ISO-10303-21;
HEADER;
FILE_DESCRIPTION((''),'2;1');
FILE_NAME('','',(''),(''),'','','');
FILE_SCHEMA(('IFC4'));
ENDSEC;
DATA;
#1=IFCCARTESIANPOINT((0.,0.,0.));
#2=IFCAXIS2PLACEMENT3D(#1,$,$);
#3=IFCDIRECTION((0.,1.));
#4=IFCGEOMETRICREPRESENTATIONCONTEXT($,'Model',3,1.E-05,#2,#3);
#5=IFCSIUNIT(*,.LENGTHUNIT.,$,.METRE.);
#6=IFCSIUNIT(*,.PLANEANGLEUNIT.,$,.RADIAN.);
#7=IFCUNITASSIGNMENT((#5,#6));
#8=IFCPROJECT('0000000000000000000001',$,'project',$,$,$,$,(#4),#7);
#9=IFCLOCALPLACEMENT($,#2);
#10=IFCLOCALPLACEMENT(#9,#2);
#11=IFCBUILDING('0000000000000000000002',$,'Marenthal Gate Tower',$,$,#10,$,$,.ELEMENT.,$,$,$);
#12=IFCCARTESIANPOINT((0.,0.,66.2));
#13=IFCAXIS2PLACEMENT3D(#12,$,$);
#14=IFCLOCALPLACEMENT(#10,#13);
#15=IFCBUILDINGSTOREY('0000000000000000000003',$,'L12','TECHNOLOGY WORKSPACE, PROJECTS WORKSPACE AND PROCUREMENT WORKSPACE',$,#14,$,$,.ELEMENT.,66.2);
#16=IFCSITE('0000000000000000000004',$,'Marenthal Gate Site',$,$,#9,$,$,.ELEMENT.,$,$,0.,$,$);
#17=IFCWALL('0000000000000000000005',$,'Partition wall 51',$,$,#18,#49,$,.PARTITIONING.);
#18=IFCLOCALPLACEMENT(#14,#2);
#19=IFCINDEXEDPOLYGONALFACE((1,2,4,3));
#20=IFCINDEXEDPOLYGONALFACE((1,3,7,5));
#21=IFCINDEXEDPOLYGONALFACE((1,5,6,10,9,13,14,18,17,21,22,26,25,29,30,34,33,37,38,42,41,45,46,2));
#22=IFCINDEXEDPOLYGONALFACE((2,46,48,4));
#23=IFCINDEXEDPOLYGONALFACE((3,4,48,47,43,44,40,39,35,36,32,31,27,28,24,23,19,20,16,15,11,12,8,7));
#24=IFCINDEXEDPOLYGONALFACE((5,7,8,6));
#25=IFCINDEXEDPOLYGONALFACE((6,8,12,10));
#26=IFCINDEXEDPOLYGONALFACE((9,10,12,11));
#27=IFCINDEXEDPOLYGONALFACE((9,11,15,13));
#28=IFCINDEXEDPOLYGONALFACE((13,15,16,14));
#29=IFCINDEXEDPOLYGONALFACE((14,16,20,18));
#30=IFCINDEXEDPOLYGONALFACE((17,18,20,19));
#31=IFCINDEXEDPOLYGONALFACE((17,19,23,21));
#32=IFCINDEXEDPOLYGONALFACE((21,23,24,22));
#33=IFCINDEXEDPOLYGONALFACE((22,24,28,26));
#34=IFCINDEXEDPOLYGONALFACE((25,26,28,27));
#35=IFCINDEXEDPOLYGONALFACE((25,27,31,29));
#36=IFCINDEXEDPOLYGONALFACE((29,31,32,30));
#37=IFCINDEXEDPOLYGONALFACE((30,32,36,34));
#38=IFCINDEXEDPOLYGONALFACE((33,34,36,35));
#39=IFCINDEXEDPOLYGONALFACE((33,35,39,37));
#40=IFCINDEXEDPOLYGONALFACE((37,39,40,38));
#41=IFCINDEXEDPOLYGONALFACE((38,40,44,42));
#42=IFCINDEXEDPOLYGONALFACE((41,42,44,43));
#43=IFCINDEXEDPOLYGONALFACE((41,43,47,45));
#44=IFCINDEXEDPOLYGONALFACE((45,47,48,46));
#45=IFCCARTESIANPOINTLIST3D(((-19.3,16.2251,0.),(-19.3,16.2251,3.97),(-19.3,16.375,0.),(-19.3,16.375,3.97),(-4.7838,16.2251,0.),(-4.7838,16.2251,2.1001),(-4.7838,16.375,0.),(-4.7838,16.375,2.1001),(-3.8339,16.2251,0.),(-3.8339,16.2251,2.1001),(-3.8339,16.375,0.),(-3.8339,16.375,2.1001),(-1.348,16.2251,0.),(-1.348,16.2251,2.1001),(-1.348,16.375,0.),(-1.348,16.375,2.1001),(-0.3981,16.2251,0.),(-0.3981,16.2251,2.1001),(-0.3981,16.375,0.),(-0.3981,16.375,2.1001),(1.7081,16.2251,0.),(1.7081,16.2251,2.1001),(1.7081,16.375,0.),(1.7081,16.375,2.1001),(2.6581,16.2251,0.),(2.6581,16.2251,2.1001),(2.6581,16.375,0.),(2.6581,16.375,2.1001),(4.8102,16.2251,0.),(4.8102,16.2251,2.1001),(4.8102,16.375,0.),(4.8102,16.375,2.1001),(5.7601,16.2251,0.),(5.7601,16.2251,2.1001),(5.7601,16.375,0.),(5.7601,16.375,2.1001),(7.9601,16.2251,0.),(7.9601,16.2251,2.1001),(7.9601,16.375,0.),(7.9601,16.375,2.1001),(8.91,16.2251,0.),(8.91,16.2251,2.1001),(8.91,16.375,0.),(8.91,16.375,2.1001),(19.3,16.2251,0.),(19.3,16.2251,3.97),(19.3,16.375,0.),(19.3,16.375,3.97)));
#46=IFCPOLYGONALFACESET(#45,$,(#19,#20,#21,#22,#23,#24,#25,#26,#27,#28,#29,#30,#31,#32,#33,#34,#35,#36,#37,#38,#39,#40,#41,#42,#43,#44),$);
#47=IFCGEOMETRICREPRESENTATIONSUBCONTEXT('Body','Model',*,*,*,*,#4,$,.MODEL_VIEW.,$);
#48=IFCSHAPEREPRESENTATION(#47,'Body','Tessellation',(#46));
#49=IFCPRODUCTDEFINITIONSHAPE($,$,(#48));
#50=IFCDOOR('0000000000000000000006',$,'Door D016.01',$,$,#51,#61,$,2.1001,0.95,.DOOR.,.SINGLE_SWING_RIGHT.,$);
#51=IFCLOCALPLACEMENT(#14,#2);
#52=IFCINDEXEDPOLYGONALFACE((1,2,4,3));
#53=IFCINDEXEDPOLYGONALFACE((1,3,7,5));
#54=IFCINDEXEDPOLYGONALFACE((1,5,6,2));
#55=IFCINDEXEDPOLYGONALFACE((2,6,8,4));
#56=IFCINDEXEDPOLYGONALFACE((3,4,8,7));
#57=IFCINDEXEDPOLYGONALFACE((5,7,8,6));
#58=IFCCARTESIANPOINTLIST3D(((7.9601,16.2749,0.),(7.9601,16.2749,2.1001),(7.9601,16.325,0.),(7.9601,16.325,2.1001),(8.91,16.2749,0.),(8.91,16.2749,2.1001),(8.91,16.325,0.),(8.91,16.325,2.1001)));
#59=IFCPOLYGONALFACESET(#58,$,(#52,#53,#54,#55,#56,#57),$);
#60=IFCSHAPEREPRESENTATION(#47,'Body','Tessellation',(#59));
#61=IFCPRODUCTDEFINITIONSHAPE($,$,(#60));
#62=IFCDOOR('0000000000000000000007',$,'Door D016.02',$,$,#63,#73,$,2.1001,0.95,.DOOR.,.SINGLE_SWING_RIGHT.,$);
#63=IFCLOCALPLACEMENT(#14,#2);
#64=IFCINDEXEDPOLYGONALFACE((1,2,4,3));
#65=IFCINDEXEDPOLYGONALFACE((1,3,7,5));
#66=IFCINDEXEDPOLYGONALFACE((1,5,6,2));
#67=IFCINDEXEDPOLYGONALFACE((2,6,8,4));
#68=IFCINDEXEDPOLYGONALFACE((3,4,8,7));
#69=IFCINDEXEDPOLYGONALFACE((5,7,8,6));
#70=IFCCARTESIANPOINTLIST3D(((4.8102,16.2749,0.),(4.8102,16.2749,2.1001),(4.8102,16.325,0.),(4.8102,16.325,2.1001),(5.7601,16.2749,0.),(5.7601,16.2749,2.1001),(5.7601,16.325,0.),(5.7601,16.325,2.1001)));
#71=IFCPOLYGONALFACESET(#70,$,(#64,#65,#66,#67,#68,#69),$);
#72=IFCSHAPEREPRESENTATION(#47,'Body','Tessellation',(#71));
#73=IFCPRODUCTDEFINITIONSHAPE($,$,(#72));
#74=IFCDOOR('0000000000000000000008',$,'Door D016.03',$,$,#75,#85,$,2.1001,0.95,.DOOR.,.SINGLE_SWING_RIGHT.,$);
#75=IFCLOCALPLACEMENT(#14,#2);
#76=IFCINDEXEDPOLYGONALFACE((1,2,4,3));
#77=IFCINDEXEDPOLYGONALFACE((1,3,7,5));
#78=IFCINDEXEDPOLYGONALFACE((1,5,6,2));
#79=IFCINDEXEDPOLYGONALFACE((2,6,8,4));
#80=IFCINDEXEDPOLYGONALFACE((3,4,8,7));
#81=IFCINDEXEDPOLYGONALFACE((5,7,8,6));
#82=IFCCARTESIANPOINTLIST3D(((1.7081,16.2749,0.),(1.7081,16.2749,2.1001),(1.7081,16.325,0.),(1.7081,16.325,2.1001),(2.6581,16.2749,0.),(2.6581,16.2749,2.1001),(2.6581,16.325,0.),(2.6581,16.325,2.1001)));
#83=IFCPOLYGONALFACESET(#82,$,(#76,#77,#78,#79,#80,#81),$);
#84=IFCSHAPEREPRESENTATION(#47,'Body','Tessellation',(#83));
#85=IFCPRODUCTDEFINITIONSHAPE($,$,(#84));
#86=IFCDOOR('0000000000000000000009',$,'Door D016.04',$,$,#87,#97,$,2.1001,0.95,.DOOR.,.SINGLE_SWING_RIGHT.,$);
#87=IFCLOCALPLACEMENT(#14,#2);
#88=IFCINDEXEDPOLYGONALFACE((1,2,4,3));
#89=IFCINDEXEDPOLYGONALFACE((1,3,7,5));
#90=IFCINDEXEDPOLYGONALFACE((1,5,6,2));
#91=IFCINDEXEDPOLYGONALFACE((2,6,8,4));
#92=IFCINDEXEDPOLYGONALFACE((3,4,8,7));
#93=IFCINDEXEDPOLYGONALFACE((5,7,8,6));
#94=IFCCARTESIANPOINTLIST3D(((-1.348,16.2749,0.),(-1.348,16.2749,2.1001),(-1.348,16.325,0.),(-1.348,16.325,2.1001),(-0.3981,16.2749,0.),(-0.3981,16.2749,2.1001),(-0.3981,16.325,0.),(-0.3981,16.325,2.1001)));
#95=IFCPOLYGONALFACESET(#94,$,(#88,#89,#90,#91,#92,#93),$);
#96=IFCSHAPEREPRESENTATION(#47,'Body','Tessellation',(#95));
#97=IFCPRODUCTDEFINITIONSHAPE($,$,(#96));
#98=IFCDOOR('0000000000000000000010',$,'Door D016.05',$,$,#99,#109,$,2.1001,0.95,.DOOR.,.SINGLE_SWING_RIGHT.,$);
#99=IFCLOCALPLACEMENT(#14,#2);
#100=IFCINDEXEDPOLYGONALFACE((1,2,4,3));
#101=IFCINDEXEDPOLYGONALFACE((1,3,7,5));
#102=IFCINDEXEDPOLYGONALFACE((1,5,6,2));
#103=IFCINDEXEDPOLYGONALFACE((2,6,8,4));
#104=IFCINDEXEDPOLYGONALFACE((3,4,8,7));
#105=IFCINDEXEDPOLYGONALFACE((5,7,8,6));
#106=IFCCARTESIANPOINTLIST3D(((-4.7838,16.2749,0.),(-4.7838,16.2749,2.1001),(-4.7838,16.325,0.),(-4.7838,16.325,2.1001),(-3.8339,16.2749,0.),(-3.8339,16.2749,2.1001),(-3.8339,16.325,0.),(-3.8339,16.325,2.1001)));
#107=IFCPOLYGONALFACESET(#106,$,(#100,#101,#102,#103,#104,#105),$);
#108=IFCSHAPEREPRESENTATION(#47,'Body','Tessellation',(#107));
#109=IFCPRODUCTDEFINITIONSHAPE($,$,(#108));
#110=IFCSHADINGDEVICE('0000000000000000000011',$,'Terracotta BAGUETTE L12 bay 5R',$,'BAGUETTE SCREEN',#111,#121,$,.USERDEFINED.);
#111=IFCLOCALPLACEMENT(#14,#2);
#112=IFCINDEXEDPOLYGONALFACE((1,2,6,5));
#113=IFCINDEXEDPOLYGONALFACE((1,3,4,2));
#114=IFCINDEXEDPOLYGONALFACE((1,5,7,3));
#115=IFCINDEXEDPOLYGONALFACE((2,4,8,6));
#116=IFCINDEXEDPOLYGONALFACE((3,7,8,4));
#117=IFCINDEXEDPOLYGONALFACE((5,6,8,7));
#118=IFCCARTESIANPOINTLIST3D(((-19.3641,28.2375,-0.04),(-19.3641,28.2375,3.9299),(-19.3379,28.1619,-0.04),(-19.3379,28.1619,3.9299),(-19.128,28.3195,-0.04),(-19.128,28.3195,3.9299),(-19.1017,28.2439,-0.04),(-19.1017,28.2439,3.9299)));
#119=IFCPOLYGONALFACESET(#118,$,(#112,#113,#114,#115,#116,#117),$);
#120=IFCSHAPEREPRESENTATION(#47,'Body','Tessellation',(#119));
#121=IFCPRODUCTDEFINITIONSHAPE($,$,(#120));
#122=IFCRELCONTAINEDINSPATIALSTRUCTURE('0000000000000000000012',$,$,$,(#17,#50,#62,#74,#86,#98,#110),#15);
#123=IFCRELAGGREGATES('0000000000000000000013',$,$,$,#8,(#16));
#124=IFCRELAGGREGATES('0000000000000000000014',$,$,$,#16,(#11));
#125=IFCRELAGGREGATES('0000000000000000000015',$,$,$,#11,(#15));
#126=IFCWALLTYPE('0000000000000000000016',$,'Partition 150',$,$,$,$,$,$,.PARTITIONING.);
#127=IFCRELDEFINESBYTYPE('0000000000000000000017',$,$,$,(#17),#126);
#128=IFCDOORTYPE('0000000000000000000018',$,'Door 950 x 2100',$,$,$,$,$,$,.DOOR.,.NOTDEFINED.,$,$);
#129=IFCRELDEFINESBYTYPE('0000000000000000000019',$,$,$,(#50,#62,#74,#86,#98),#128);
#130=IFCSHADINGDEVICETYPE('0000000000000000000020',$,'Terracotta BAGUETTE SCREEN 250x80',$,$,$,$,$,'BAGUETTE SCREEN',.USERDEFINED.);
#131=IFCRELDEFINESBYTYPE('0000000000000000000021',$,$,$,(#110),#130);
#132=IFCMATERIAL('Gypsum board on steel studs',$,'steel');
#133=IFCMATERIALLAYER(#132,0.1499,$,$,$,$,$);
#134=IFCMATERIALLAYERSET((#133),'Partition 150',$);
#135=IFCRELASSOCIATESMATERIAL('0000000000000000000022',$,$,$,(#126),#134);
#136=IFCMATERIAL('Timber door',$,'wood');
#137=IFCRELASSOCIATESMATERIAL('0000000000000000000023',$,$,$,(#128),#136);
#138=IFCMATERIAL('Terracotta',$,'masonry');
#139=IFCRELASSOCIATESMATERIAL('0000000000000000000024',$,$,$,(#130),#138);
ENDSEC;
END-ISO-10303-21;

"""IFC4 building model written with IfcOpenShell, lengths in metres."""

from ifc_helpers import new_model, si_unit, direction, frame, frame_2d, origin, origin_2d, place, context, subcontext, project, spatial, rectangle, extrude, material, layer, layer_set, material_profile, profile_set, type_object, element, fill, save


model = new_model("IFC4")

# Units and contexts
model_context = context("Model", 3, precision=1e-05, world=origin(), true_north=direction((0.0, 1.0)))
body_context = subcontext(model_context, "Body", "Model", "MODEL_VIEW")
ifc_project = project(units=[si_unit("LENGTHUNIT", "METRE"), si_unit("PLANEANGLEUNIT", "RADIAN")], contexts=[model_context])

# Site, building, storey
site_placement = place(None, origin())
site = spatial("IfcSite", under=ifc_project, at=site_placement, Name="Marenthal Gate Site", CompositionType="ELEMENT", RefElevation=0.0)
building_placement = place(site_placement, origin())
building = spatial("IfcBuilding", under=site, at=building_placement, Name="Marenthal Gate Tower", CompositionType="ELEMENT")
storey_placement = place(building_placement, frame((0.0, 0.0, 66.2)))
storey = spatial("IfcBuildingStorey", under=building, at=storey_placement, Name="L12", Description="TECHNOLOGY WORKSPACE, PROJECTS WORKSPACE AND PROCUREMENT WORKSPACE", CompositionType="ELEMENT", Elevation=66.2)

# Wall, openings, doors
ifc_material_1 = material(Name="Gypsum board on steel studs", Category="steel")
ifc_layer_1 = layer(ifc_material_1, 0.1499)
ifc_layer_set_1 = layer_set([ifc_layer_1], Name="Partition 150")
wall_type_1 = type_object("IfcWallType", Name="Partition 150", PredefinedType="PARTITIONING", material=ifc_layer_set_1)
wall_1_placement = place(storey_placement, frame((-19.3, 16.3, 0.0), z_axis=(0.0, 0.0, 1.0), x_axis=(1.0, 0.0, 0.0)))
wall_1 = element("IfcWall", 1, at=wall_1_placement, inside=storey, type_object=wall_type_1, Name="Partition wall 51", PredefinedType="PARTITIONING", context=body_context, shape_type="SweptSolid", body=[
    extrude(rectangle(XDim=38.6001, YDim=0.1499, at=frame_2d((19.3, 0.0))), origin(), (0.0, 0.0, 1.0), 3.97),
])
opening_1_placement = place(wall_1_placement, frame((27.26, 0.0, 0.0)))
opening_1 = element("IfcOpeningElement", 2, at=opening_1_placement, cuts=wall_1, PredefinedType="OPENING", context=body_context, shape_type="SweptSolid", body=[
    extrude(rectangle(XDim=0.95, YDim=2.1001, at=frame_2d((0.4751, 1.05))), frame((0.0, 0.085, 0.0), z_axis=(0.0, -1.0, 0.0), x_axis=(1.0, 0.0, 0.0)), (0.0, 0.0, 1.0), 0.1699),
])
opening_2_placement = place(wall_1_placement, frame((24.1101, 0.0, 0.0)))
opening_2 = element("IfcOpeningElement", 3, at=opening_2_placement, cuts=wall_1, PredefinedType="OPENING", context=body_context, shape_type="SweptSolid", body=[
    extrude(rectangle(XDim=0.95, YDim=2.1001, at=frame_2d((0.4751, 1.05))), frame((0.0, 0.085, 0.0), z_axis=(0.0, -1.0, 0.0), x_axis=(1.0, 0.0, 0.0)), (0.0, 0.0, 1.0), 0.1699),
])
opening_3_placement = place(wall_1_placement, frame((21.0081, 0.0, 0.0)))
opening_3 = element("IfcOpeningElement", 4, at=opening_3_placement, cuts=wall_1, PredefinedType="OPENING", context=body_context, shape_type="SweptSolid", body=[
    extrude(rectangle(XDim=0.95, YDim=2.1001, at=frame_2d((0.4751, 1.05))), frame((0.0, 0.085, 0.0), z_axis=(0.0, -1.0, 0.0), x_axis=(1.0, 0.0, 0.0)), (0.0, 0.0, 1.0), 0.1699),
])
opening_4_placement = place(wall_1_placement, frame((17.9519, 0.0, 0.0)))
opening_4 = element("IfcOpeningElement", 5, at=opening_4_placement, cuts=wall_1, PredefinedType="OPENING", context=body_context, shape_type="SweptSolid", body=[
    extrude(rectangle(XDim=0.95, YDim=2.1001, at=frame_2d((0.4751, 1.05))), frame((0.0, 0.085, 0.0), z_axis=(0.0, -1.0, 0.0), x_axis=(1.0, 0.0, 0.0)), (0.0, 0.0, 1.0), 0.1699),
])
opening_5_placement = place(wall_1_placement, frame((14.5161, 0.0, 0.0)))
opening_5 = element("IfcOpeningElement", 6, at=opening_5_placement, cuts=wall_1, PredefinedType="OPENING", context=body_context, shape_type="SweptSolid", body=[
    extrude(rectangle(XDim=0.95, YDim=2.1001, at=frame_2d((0.4751, 1.05))), frame((0.0, 0.085, 0.0), z_axis=(0.0, -1.0, 0.0), x_axis=(1.0, 0.0, 0.0)), (0.0, 0.0, 1.0), 0.1699),
])
ifc_material_2 = material(Name="Timber door", Category="wood")
door_type_1 = type_object("IfcDoorType", Name="Door 950 x 2100", OperationType="NOTDEFINED", PredefinedType="DOOR", material=ifc_material_2)
door_1_placement = place(opening_1_placement, origin())
door_1 = element("IfcDoor", 7, at=door_1_placement, inside=storey, type_object=door_type_1, Name="Door D016.01", OperationType="SINGLE_SWING_RIGHT", OverallHeight=2.1001, OverallWidth=0.95, PredefinedType="DOOR", context=body_context, shape_type="SweptSolid", body=[
    extrude(rectangle(XDim=0.95, YDim=2.1001, at=frame_2d((0.4751, 1.05))), frame((0.0, 0.0249, 0.0), z_axis=(0.0, -1.0, 0.0), x_axis=(1.0, 0.0, 0.0)), (0.0, 0.0, 1.0), 0.05),
])
fill(opening_1, door_1)
door_2_placement = place(opening_2_placement, origin())
door_2 = element("IfcDoor", 8, at=door_2_placement, inside=storey, type_object=door_type_1, Name="Door D016.02", OperationType="SINGLE_SWING_RIGHT", OverallHeight=2.1001, OverallWidth=0.95, PredefinedType="DOOR", context=body_context, shape_type="SweptSolid", body=[
    extrude(rectangle(XDim=0.95, YDim=2.1001, at=frame_2d((0.4751, 1.05))), frame((0.0, 0.0249, 0.0), z_axis=(0.0, -1.0, 0.0), x_axis=(1.0, 0.0, 0.0)), (0.0, 0.0, 1.0), 0.05),
])
fill(opening_2, door_2)
door_3_placement = place(opening_3_placement, origin())
door_3 = element("IfcDoor", 9, at=door_3_placement, inside=storey, type_object=door_type_1, Name="Door D016.03", OperationType="SINGLE_SWING_RIGHT", OverallHeight=2.1001, OverallWidth=0.95, PredefinedType="DOOR", context=body_context, shape_type="SweptSolid", body=[
    extrude(rectangle(XDim=0.95, YDim=2.1001, at=frame_2d((0.4751, 1.05))), frame((0.0, 0.0249, 0.0), z_axis=(0.0, -1.0, 0.0), x_axis=(1.0, 0.0, 0.0)), (0.0, 0.0, 1.0), 0.05),
])
fill(opening_3, door_3)
door_4_placement = place(opening_4_placement, origin())
door_4 = element("IfcDoor", 10, at=door_4_placement, inside=storey, type_object=door_type_1, Name="Door D016.04", OperationType="SINGLE_SWING_RIGHT", OverallHeight=2.1001, OverallWidth=0.95, PredefinedType="DOOR", context=body_context, shape_type="SweptSolid", body=[
    extrude(rectangle(XDim=0.95, YDim=2.1001, at=frame_2d((0.4751, 1.05))), frame((0.0, 0.0249, 0.0), z_axis=(0.0, -1.0, 0.0), x_axis=(1.0, 0.0, 0.0)), (0.0, 0.0, 1.0), 0.05),
])
fill(opening_4, door_4)
door_5_placement = place(opening_5_placement, origin())
door_5 = element("IfcDoor", 11, at=door_5_placement, inside=storey, type_object=door_type_1, Name="Door D016.05", OperationType="SINGLE_SWING_RIGHT", OverallHeight=2.1001, OverallWidth=0.95, PredefinedType="DOOR", context=body_context, shape_type="SweptSolid", body=[
    extrude(rectangle(XDim=0.95, YDim=2.1001, at=frame_2d((0.4751, 1.05))), frame((0.0, 0.0249, 0.0), z_axis=(0.0, -1.0, 0.0), x_axis=(1.0, 0.0, 0.0)), (0.0, 0.0, 1.0), 0.05),
])
fill(opening_5, door_5)

# Shading device
ifc_material_3 = material(Name="Terracotta", Category="masonry")
ifc_material_profile_1 = material_profile(ifc_material_3, rectangle(XDim=0.25, YDim=0.0801, at=origin_2d()), Name="Terracotta baguette 250x80")
ifc_profile_set_1 = profile_set([ifc_material_profile_1], Name="Terracotta")
shading_device_type = type_object("IfcShadingDeviceType", Name="Terracotta BAGUETTE SCREEN 250x80", ElementType="BAGUETTE SCREEN", PredefinedType="USERDEFINED", material=ifc_profile_set_1)
shading_device_placement = place(storey_placement, frame((-19.2329, 28.2407, -0.04), z_axis=(0.0, 0.0, 1.0), x_axis=(-0.944672, -0.328016, 0.0)))
element("IfcShadingDevice", 12, at=shading_device_placement, inside=storey, type_object=shading_device_type, Name="Terracotta BAGUETTE L12 bay 5R", ObjectType="BAGUETTE SCREEN", PredefinedType="USERDEFINED", context=body_context, shape_type="SweptSolid", body=[
    extrude(rectangle(XDim=0.25, YDim=0.0801, at=origin_2d()), origin(), (0.0, 0.0, 1.0), 3.97),
])

save(model, "model.ifc")
